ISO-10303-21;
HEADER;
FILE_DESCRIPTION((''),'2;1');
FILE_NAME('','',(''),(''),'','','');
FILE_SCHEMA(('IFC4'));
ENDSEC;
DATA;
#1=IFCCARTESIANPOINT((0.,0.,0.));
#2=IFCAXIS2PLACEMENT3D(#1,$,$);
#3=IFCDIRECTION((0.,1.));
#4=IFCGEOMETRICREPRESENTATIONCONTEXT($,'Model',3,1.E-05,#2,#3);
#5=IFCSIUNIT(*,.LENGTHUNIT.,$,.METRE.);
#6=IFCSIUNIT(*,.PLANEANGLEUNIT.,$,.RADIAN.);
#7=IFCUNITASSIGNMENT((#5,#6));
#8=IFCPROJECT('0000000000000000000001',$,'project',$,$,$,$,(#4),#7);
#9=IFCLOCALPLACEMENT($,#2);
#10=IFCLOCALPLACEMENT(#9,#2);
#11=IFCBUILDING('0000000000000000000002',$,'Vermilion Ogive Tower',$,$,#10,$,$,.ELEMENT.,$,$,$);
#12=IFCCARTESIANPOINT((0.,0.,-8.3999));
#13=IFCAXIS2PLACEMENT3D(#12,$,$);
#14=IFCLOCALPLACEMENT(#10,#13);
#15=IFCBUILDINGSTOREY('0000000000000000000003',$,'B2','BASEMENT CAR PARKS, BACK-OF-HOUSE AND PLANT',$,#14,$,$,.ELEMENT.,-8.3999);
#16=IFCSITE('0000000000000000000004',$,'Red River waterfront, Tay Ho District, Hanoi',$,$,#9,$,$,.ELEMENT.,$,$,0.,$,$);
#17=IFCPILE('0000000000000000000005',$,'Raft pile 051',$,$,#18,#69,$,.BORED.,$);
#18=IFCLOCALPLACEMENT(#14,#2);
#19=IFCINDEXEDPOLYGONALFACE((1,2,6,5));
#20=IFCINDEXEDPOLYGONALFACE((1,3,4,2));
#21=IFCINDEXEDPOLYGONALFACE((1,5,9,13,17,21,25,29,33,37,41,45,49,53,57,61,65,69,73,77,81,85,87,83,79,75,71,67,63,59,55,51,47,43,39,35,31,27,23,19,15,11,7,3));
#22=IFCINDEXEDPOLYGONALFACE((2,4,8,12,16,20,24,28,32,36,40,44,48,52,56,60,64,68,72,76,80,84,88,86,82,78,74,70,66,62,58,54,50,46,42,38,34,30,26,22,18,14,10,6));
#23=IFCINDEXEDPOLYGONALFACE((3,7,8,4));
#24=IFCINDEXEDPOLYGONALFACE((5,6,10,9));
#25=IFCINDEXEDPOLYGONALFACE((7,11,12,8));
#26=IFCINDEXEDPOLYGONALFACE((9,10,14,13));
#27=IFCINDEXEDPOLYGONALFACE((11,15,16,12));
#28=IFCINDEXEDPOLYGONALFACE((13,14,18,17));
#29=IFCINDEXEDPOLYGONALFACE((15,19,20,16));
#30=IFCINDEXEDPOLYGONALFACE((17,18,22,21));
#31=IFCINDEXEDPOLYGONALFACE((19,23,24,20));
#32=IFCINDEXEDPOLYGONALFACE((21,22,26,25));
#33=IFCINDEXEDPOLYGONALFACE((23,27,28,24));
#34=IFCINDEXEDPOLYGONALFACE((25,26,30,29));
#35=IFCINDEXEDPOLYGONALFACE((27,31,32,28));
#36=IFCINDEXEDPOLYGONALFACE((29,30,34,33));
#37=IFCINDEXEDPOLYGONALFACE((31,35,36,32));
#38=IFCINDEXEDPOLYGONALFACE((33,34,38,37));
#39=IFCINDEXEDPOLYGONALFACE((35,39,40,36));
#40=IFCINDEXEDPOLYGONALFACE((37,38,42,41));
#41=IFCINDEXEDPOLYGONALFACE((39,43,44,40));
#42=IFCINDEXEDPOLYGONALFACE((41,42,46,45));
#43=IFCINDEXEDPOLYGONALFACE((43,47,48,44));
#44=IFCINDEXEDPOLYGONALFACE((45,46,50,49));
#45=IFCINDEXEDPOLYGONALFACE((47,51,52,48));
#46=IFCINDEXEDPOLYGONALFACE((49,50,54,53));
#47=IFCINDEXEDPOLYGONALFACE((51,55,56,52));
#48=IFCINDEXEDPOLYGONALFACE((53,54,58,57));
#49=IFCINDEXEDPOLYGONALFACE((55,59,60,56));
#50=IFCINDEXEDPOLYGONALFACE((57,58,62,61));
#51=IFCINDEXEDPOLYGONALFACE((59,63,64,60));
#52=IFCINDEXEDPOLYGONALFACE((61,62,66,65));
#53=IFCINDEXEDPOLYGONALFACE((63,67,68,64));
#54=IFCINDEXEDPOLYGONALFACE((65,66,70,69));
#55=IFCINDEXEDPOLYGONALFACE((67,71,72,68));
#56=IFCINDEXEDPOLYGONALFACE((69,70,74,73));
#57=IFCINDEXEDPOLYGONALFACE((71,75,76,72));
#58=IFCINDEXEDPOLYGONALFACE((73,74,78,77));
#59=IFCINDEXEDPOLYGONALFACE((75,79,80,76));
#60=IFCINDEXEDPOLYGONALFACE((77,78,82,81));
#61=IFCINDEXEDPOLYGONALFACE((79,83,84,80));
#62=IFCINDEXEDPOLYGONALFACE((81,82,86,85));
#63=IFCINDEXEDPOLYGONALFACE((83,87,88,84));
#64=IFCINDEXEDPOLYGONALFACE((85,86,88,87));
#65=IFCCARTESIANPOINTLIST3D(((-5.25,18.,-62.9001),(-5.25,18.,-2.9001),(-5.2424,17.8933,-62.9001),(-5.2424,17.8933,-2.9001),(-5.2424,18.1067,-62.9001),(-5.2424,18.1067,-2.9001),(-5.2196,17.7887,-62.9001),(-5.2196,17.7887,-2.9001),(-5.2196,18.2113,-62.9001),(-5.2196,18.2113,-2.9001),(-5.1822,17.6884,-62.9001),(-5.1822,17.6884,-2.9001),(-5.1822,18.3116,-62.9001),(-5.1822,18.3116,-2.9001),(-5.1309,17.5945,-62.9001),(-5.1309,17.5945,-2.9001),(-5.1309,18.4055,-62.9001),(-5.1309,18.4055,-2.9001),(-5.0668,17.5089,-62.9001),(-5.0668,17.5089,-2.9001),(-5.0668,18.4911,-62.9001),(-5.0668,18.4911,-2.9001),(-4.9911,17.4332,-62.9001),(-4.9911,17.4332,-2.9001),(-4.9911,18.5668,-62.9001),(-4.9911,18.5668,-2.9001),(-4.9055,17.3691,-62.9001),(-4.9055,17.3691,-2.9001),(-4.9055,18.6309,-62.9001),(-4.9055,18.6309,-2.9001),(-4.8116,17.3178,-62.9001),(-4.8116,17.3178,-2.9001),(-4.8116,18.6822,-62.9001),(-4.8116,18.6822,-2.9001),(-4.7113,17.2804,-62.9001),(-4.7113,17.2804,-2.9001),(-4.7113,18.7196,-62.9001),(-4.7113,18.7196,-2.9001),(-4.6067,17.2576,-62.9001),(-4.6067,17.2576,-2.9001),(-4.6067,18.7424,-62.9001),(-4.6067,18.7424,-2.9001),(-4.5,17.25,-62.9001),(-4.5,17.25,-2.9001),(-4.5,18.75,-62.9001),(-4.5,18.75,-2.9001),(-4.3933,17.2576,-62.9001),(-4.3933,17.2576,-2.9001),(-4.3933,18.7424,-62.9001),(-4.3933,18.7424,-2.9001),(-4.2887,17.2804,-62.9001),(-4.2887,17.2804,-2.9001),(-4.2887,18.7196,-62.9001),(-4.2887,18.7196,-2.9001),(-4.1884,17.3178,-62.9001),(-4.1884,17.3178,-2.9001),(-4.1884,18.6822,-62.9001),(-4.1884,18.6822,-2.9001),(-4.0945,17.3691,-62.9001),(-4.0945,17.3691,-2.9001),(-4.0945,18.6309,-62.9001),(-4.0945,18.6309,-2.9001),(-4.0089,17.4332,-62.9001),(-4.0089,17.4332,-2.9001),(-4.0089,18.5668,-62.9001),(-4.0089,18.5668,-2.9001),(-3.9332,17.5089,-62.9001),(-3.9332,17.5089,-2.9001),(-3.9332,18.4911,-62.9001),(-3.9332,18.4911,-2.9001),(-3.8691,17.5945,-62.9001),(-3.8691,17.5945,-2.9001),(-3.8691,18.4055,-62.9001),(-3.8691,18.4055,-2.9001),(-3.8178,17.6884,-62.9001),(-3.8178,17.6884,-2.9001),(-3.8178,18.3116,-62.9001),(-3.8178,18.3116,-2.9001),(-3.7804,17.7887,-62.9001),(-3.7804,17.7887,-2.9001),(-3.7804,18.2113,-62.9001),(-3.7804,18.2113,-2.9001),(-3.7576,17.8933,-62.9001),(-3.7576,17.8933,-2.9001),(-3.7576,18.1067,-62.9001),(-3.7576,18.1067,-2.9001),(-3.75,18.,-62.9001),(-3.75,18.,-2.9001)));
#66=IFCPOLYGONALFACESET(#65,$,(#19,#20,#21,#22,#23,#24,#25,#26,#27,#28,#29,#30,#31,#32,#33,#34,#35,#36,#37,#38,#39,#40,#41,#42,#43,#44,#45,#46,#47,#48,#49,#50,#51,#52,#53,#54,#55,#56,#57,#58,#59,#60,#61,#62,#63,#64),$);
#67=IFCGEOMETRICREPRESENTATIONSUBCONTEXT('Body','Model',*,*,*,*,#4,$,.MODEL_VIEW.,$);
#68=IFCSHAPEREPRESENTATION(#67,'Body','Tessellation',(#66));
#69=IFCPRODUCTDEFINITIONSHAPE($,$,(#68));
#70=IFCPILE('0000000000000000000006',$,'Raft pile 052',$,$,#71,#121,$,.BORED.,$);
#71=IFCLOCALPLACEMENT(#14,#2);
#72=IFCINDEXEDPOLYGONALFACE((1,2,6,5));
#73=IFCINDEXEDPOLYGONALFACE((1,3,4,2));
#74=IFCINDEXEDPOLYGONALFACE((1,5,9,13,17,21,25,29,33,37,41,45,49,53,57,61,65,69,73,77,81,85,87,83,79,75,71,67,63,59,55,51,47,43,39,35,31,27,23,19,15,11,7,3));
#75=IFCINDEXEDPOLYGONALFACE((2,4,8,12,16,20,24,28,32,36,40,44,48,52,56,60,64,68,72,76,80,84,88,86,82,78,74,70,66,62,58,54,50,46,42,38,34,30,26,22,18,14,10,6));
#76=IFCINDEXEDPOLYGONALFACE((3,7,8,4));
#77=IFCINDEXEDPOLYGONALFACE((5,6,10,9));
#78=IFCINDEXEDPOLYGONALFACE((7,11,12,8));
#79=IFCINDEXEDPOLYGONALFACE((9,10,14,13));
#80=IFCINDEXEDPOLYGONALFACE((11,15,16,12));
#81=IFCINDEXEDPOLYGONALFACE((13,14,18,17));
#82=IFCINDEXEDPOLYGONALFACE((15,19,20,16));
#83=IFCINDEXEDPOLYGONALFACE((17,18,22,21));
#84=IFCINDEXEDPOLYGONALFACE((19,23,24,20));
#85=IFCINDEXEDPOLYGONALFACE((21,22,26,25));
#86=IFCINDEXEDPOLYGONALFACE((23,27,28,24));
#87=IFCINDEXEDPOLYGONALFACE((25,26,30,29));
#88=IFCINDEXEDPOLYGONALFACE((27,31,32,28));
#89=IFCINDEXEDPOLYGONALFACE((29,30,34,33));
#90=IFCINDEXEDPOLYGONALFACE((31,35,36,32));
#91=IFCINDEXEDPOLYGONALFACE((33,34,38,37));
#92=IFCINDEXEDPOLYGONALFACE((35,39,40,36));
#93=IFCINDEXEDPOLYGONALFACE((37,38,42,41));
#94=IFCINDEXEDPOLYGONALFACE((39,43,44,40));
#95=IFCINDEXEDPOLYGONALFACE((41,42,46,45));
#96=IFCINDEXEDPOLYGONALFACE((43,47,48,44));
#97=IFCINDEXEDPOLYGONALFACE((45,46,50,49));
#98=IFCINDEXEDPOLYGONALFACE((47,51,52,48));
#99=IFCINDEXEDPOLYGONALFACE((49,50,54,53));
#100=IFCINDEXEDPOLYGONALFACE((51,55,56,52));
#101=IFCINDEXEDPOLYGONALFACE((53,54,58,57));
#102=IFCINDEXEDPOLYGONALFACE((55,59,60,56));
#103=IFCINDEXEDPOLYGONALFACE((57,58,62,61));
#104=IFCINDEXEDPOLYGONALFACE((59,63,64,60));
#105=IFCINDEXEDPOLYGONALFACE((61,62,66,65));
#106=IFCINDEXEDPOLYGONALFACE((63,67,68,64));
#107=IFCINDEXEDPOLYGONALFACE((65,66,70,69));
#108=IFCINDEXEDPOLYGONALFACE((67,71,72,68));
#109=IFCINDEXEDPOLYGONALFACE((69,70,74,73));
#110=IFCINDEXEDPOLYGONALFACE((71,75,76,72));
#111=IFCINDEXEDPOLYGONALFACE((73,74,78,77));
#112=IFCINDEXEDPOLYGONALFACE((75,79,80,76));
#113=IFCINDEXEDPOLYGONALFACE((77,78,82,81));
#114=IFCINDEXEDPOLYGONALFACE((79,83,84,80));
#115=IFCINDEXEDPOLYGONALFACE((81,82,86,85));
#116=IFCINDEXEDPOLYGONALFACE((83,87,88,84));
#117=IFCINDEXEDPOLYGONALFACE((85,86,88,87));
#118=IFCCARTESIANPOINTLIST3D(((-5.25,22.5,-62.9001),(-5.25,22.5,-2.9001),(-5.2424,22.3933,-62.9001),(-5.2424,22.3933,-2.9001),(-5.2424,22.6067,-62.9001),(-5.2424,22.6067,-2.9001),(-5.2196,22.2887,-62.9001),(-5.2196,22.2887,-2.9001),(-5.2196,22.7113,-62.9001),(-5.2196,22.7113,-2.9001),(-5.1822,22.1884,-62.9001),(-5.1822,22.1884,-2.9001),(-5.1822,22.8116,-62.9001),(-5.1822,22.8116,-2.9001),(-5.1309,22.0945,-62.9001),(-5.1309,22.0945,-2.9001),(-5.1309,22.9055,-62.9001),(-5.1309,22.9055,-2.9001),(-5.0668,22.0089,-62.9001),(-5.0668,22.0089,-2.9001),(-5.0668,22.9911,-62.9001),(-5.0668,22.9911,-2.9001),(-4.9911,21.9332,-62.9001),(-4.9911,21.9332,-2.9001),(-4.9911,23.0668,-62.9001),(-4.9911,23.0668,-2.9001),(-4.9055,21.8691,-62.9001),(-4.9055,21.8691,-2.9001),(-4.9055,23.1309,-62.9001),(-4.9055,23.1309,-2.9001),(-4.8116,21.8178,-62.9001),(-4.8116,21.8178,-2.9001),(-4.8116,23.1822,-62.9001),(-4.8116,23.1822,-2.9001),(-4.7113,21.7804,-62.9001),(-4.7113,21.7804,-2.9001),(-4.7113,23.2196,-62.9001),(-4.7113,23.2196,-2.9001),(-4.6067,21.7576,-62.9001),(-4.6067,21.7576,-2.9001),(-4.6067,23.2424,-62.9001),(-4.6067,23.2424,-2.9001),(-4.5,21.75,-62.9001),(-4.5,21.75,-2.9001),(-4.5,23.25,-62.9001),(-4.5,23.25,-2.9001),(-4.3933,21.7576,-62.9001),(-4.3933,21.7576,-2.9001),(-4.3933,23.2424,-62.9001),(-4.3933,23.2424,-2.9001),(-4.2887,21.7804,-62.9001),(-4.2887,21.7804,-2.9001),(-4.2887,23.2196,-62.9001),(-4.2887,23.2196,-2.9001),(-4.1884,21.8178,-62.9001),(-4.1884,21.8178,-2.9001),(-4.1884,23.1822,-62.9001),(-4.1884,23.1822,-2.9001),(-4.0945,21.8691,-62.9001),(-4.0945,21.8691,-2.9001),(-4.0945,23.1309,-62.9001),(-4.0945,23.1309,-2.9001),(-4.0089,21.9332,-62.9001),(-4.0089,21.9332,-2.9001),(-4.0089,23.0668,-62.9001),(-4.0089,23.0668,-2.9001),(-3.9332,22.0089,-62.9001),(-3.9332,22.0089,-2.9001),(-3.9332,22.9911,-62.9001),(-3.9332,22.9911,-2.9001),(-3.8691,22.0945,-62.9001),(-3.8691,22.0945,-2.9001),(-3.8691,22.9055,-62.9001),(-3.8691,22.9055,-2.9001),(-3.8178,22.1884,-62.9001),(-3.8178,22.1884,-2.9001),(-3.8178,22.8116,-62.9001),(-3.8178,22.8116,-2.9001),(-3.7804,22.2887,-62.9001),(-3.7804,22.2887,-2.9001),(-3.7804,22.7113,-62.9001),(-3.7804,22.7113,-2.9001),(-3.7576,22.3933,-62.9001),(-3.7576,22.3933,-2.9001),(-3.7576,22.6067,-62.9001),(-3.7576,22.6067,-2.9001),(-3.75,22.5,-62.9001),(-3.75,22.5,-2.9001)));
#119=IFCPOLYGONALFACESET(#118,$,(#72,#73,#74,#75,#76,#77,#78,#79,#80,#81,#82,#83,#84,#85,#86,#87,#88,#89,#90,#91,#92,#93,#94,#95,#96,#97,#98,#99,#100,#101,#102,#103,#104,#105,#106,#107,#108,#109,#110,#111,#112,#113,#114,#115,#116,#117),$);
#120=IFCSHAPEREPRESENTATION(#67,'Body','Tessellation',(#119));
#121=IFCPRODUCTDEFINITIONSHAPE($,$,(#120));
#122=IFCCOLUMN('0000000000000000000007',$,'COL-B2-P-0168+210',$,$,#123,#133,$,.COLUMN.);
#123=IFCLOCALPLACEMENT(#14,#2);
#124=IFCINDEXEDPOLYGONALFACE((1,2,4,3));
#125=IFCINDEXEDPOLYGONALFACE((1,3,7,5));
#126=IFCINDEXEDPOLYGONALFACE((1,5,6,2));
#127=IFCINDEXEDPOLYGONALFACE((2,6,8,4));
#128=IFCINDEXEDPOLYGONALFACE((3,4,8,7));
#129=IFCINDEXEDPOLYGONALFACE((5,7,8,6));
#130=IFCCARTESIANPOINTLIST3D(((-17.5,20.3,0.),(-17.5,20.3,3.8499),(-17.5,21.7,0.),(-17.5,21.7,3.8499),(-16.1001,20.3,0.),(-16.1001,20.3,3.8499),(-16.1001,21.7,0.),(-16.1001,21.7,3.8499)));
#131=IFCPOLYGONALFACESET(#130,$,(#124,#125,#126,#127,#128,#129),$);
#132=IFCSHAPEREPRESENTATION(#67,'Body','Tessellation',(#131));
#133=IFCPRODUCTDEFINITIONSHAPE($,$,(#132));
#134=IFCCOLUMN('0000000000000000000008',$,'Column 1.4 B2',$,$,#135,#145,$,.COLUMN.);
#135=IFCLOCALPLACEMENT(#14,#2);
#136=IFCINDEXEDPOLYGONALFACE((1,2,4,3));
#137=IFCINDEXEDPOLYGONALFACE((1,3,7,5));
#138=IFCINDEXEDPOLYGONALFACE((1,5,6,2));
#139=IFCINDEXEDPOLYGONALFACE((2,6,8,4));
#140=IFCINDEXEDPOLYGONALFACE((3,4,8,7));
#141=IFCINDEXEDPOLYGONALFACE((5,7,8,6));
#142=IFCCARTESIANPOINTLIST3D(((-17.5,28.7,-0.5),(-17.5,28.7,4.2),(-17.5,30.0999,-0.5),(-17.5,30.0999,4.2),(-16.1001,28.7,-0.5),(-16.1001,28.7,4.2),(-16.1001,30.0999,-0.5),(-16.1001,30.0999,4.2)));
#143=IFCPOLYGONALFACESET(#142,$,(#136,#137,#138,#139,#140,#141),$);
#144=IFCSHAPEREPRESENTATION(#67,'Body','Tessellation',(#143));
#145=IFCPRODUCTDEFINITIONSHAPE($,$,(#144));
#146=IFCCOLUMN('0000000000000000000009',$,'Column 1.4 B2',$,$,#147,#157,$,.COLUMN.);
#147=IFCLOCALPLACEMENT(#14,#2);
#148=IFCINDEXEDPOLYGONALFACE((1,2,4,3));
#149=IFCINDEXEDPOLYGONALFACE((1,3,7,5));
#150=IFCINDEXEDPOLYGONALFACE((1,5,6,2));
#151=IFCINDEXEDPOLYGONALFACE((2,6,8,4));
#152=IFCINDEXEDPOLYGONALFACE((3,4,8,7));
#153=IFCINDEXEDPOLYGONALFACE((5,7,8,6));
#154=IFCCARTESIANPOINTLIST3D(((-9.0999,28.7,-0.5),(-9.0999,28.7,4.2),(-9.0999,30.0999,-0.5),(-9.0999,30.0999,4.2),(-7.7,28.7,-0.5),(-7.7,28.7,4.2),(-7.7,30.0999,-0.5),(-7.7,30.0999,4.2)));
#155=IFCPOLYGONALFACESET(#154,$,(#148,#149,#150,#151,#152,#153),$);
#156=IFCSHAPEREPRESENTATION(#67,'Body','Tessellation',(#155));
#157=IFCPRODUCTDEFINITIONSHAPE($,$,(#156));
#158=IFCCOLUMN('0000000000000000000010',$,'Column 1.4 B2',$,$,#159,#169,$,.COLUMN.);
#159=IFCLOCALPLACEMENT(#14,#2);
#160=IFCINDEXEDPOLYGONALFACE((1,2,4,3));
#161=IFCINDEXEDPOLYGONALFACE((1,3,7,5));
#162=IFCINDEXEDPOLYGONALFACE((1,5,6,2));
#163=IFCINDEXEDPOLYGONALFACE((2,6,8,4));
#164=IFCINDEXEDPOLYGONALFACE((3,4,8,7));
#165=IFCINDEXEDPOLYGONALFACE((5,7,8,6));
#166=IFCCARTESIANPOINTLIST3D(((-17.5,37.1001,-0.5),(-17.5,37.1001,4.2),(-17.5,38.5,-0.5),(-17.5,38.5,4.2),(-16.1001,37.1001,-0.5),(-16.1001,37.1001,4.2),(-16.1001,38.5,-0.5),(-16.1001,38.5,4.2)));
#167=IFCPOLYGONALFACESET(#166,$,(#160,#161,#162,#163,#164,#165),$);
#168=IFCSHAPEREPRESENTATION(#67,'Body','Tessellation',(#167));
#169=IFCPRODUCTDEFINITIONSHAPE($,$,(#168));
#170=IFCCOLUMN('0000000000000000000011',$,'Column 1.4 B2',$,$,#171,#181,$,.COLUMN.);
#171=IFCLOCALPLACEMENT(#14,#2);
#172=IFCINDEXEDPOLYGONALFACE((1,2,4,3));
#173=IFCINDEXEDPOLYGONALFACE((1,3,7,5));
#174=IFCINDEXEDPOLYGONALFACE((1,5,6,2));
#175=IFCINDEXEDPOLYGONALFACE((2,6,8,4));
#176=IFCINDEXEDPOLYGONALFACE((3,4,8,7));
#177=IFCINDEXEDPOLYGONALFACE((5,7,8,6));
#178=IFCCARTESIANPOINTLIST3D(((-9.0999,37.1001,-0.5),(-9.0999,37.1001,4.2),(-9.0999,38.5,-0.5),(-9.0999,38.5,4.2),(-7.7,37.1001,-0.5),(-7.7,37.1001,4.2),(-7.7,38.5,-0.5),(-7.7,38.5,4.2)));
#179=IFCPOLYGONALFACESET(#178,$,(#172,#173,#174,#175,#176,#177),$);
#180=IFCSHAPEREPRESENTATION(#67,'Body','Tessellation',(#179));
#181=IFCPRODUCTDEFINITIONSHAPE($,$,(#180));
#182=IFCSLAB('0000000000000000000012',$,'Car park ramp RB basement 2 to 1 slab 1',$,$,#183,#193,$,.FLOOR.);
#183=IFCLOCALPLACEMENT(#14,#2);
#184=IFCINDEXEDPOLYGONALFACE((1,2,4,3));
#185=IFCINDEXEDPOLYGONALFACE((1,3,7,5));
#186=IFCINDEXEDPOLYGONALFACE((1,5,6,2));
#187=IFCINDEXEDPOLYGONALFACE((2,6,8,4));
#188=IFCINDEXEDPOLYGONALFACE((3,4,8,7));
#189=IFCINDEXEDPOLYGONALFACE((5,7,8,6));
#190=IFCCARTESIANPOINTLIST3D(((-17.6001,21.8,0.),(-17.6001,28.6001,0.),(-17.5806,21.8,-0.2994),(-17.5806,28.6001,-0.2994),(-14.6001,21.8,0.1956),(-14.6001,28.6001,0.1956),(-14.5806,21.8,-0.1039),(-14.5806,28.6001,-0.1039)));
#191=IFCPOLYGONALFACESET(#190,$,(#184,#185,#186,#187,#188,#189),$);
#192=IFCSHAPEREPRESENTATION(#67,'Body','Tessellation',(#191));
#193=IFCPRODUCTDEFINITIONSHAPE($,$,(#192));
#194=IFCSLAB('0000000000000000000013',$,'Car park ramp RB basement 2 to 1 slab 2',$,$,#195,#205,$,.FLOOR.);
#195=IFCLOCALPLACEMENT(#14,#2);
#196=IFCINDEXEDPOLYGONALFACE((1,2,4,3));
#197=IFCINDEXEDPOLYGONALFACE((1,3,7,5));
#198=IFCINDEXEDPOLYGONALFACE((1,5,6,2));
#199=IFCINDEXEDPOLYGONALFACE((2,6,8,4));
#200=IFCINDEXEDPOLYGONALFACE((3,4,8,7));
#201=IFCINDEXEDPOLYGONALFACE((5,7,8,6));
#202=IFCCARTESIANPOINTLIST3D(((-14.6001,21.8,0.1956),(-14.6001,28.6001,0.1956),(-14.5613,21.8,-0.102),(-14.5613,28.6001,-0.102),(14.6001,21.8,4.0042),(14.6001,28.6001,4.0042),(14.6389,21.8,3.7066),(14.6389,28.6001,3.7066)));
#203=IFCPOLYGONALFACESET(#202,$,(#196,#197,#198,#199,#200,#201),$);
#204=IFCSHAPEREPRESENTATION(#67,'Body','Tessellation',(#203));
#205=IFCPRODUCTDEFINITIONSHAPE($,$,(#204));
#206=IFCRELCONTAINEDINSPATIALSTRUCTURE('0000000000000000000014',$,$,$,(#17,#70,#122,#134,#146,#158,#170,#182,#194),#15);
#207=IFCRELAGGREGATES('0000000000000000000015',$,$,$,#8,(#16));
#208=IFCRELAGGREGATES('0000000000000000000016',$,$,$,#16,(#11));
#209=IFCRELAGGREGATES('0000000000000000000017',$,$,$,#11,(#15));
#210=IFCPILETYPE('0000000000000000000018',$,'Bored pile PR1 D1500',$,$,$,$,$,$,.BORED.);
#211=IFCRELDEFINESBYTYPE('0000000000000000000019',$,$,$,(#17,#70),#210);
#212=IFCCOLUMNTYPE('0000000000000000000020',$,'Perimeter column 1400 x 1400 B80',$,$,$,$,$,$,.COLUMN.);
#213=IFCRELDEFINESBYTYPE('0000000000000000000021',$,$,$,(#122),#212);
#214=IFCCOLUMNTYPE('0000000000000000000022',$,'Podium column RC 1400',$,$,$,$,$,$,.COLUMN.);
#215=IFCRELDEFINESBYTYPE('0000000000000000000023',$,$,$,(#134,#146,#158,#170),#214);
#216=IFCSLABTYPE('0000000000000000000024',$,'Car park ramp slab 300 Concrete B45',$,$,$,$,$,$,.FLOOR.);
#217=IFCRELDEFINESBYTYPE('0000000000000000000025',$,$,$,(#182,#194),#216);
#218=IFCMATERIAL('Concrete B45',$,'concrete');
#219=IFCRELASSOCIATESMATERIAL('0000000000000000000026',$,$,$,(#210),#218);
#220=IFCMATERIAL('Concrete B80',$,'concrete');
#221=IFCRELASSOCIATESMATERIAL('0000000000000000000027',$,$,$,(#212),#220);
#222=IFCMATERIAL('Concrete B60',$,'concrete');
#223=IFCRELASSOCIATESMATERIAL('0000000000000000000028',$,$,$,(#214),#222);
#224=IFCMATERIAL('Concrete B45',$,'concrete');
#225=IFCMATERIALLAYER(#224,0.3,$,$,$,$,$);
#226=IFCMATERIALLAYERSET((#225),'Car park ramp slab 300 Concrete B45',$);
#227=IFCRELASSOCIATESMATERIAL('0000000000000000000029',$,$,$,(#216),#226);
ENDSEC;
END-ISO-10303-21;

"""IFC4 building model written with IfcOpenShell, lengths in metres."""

from ifc_helpers import new_model, si_unit, direction, frame, origin, origin_2d, place, context, subcontext, project, spatial, polyline, rectangle, circle, outline, extrude, material, layer, layer_set, material_profile, profile_set, type_object, element, save


model = new_model("IFC4")

# Units and contexts
model_context = context("Model", 3, precision=1e-05, world=origin(), true_north=direction((0.0, 1.0)))
body_context = subcontext(model_context, "Body", "Model", "MODEL_VIEW")
ifc_project = project(units=[si_unit("LENGTHUNIT", "METRE"), si_unit("PLANEANGLEUNIT", "RADIAN")], contexts=[model_context])

# Site, building, storey
site_placement = place(None, origin())
site = spatial("IfcSite", under=ifc_project, at=site_placement, Name="Red River waterfront, Tay Ho District, Hanoi", CompositionType="ELEMENT", RefElevation=0.0)
building_placement = place(site_placement, origin())
building = spatial("IfcBuilding", under=site, at=building_placement, Name="Vermilion Ogive Tower", CompositionType="ELEMENT")
storey_placement = place(building_placement, frame((0.0, 0.0, -8.3999)))
storey = spatial("IfcBuildingStorey", under=building, at=storey_placement, Name="B2", Description="BASEMENT CAR PARKS, BACK-OF-HOUSE AND PLANT", CompositionType="ELEMENT", Elevation=-8.3999)

# Piles
ifc_material_1 = material(Name="Concrete B45", Category="concrete")
pile_type_1 = type_object("IfcPileType", Name="Bored pile PR1 D1500", PredefinedType="BORED", material=ifc_material_1)
for number, where, z_axis, x_axis, name in (
    (1, (-4.5, 18.0, -2.9001), (0.0, 0.0, -1.0), (1.0, 0.0, 0.0), "Raft pile 051"),
    (2, (-4.5, 22.5, -2.9001), (0.0, 0.0, -1.0), (1.0, 0.0, 0.0), "Raft pile 052"),
):
    element("IfcPile", number, at=place(storey_placement, frame(where, z_axis=z_axis, x_axis=x_axis)), inside=storey, type_object=pile_type_1, Name=name, PredefinedType="BORED", context=body_context, shape_type="SweptSolid", body=[
        extrude(circle(Radius=0.75, at=origin_2d()), origin(), (0.0, 0.0, 1.0), 60.0),
    ])

# Columns
ifc_material_2 = material(Name="Concrete B80", Category="concrete")
ifc_material_profile_1 = material_profile(ifc_material_2, rectangle(XDim=1.3999, YDim=1.3999, at=origin_2d()), Name="1400 x 1400")
ifc_profile_set_1 = profile_set([ifc_material_profile_1], Name="Concrete B80")
column_type_1 = type_object("IfcColumnType", Name="Perimeter column 1400 x 1400 B80", PredefinedType="COLUMN", material=ifc_profile_set_1)
column_placement = place(storey_placement, frame((-16.8, 21.0, 0.0), z_axis=(0.0, 0.0, 1.0), x_axis=(1.0, 0.0, 0.0)))
element("IfcColumn", 3, at=column_placement, inside=storey, type_object=column_type_1, Name="COL-B2-P-0168+210", PredefinedType="COLUMN", context=body_context, shape_type="SweptSolid", body=[
    extrude(rectangle(XDim=1.3999, YDim=1.3999, at=origin_2d()), origin(), (0.0, 0.0, 1.0), 3.8499),
])
ifc_material_3 = material(Name="Concrete B60", Category="concrete")
ifc_material_profile_2 = material_profile(ifc_material_3, rectangle(XDim=1.3999, YDim=1.3999, at=origin_2d()), Name="RC 1400x1400")
ifc_profile_set_2 = profile_set([ifc_material_profile_2], Name="Concrete B60")
column_type_2 = type_object("IfcColumnType", Name="Podium column RC 1400", PredefinedType="COLUMN", material=ifc_profile_set_2)
for number, where, z_axis, x_axis, name in (
    (4, (-16.8, 29.3999, -0.5), (0.0, 0.0, 1.0), (1.0, 0.0, 0.0), "Column 1.4 B2"),
    (5, (-8.3999, 29.3999, -0.5), (0.0, 0.0, 1.0), (1.0, 0.0, 0.0), "Column 1.4 B2"),
    (6, (-16.8, 37.8, -0.5), (0.0, 0.0, 1.0), (1.0, 0.0, 0.0), "Column 1.4 B2"),
    (7, (-8.3999, 37.8, -0.5), (0.0, 0.0, 1.0), (1.0, 0.0, 0.0), "Column 1.4 B2"),
):
    element("IfcColumn", number, at=place(storey_placement, frame(where, z_axis=z_axis, x_axis=x_axis)), inside=storey, type_object=column_type_2, Name=name, PredefinedType="COLUMN", context=body_context, shape_type="SweptSolid", body=[
        extrude(rectangle(XDim=1.3999, YDim=1.3999, at=origin_2d()), origin(), (0.0, 0.0, 1.0), 4.7),
    ])

# Slabs
ifc_material_4 = material(Name="Concrete B45", Category="concrete")
ifc_layer_1 = layer(ifc_material_4, 0.3)
ifc_layer_set_1 = layer_set([ifc_layer_1], Name="Car park ramp slab 300 Concrete B45")
slab_type = type_object("IfcSlabType", Name="Car park ramp slab 300 Concrete B45", PredefinedType="FLOOR", material=ifc_layer_set_1)
slab_1_placement = place(storey_placement, frame((-17.6001, 21.8, 0.0), z_axis=(-0.065047, 0.0, 0.997882), x_axis=(0.997882, 0.0, 0.065047)))
element("IfcSlab", 8, at=slab_1_placement, inside=storey, type_object=slab_type, Name="Car park ramp RB basement 2 to 1 slab 1", PredefinedType="FLOOR", context=body_context, shape_type="SweptSolid", body=[
    extrude(outline(polyline([(0.0, 0.0), (3.0064, 0.0), (3.0064, 6.8), (0.0, 6.8), (0.0, 0.0)])), origin(), (0.0, 0.0, -1.0), 0.3),
])
slab_2_placement = place(storey_placement, frame((-14.6001, 21.8, 0.1956), z_axis=(-0.129335, 0.0, 0.991601), x_axis=(0.991601, 0.0, 0.129335)))
element("IfcSlab", 9, at=slab_2_placement, inside=storey, type_object=slab_type, Name="Car park ramp RB basement 2 to 1 slab 2", PredefinedType="FLOOR", context=body_context, shape_type="SweptSolid", body=[
    extrude(outline(polyline([(0.0, 0.0), (29.4475, 0.0), (29.4475, 6.8), (0.0, 6.8), (0.0, 0.0)])), origin(), (0.0, 0.0, -1.0), 0.3),
])

save(model, "model.ifc")
